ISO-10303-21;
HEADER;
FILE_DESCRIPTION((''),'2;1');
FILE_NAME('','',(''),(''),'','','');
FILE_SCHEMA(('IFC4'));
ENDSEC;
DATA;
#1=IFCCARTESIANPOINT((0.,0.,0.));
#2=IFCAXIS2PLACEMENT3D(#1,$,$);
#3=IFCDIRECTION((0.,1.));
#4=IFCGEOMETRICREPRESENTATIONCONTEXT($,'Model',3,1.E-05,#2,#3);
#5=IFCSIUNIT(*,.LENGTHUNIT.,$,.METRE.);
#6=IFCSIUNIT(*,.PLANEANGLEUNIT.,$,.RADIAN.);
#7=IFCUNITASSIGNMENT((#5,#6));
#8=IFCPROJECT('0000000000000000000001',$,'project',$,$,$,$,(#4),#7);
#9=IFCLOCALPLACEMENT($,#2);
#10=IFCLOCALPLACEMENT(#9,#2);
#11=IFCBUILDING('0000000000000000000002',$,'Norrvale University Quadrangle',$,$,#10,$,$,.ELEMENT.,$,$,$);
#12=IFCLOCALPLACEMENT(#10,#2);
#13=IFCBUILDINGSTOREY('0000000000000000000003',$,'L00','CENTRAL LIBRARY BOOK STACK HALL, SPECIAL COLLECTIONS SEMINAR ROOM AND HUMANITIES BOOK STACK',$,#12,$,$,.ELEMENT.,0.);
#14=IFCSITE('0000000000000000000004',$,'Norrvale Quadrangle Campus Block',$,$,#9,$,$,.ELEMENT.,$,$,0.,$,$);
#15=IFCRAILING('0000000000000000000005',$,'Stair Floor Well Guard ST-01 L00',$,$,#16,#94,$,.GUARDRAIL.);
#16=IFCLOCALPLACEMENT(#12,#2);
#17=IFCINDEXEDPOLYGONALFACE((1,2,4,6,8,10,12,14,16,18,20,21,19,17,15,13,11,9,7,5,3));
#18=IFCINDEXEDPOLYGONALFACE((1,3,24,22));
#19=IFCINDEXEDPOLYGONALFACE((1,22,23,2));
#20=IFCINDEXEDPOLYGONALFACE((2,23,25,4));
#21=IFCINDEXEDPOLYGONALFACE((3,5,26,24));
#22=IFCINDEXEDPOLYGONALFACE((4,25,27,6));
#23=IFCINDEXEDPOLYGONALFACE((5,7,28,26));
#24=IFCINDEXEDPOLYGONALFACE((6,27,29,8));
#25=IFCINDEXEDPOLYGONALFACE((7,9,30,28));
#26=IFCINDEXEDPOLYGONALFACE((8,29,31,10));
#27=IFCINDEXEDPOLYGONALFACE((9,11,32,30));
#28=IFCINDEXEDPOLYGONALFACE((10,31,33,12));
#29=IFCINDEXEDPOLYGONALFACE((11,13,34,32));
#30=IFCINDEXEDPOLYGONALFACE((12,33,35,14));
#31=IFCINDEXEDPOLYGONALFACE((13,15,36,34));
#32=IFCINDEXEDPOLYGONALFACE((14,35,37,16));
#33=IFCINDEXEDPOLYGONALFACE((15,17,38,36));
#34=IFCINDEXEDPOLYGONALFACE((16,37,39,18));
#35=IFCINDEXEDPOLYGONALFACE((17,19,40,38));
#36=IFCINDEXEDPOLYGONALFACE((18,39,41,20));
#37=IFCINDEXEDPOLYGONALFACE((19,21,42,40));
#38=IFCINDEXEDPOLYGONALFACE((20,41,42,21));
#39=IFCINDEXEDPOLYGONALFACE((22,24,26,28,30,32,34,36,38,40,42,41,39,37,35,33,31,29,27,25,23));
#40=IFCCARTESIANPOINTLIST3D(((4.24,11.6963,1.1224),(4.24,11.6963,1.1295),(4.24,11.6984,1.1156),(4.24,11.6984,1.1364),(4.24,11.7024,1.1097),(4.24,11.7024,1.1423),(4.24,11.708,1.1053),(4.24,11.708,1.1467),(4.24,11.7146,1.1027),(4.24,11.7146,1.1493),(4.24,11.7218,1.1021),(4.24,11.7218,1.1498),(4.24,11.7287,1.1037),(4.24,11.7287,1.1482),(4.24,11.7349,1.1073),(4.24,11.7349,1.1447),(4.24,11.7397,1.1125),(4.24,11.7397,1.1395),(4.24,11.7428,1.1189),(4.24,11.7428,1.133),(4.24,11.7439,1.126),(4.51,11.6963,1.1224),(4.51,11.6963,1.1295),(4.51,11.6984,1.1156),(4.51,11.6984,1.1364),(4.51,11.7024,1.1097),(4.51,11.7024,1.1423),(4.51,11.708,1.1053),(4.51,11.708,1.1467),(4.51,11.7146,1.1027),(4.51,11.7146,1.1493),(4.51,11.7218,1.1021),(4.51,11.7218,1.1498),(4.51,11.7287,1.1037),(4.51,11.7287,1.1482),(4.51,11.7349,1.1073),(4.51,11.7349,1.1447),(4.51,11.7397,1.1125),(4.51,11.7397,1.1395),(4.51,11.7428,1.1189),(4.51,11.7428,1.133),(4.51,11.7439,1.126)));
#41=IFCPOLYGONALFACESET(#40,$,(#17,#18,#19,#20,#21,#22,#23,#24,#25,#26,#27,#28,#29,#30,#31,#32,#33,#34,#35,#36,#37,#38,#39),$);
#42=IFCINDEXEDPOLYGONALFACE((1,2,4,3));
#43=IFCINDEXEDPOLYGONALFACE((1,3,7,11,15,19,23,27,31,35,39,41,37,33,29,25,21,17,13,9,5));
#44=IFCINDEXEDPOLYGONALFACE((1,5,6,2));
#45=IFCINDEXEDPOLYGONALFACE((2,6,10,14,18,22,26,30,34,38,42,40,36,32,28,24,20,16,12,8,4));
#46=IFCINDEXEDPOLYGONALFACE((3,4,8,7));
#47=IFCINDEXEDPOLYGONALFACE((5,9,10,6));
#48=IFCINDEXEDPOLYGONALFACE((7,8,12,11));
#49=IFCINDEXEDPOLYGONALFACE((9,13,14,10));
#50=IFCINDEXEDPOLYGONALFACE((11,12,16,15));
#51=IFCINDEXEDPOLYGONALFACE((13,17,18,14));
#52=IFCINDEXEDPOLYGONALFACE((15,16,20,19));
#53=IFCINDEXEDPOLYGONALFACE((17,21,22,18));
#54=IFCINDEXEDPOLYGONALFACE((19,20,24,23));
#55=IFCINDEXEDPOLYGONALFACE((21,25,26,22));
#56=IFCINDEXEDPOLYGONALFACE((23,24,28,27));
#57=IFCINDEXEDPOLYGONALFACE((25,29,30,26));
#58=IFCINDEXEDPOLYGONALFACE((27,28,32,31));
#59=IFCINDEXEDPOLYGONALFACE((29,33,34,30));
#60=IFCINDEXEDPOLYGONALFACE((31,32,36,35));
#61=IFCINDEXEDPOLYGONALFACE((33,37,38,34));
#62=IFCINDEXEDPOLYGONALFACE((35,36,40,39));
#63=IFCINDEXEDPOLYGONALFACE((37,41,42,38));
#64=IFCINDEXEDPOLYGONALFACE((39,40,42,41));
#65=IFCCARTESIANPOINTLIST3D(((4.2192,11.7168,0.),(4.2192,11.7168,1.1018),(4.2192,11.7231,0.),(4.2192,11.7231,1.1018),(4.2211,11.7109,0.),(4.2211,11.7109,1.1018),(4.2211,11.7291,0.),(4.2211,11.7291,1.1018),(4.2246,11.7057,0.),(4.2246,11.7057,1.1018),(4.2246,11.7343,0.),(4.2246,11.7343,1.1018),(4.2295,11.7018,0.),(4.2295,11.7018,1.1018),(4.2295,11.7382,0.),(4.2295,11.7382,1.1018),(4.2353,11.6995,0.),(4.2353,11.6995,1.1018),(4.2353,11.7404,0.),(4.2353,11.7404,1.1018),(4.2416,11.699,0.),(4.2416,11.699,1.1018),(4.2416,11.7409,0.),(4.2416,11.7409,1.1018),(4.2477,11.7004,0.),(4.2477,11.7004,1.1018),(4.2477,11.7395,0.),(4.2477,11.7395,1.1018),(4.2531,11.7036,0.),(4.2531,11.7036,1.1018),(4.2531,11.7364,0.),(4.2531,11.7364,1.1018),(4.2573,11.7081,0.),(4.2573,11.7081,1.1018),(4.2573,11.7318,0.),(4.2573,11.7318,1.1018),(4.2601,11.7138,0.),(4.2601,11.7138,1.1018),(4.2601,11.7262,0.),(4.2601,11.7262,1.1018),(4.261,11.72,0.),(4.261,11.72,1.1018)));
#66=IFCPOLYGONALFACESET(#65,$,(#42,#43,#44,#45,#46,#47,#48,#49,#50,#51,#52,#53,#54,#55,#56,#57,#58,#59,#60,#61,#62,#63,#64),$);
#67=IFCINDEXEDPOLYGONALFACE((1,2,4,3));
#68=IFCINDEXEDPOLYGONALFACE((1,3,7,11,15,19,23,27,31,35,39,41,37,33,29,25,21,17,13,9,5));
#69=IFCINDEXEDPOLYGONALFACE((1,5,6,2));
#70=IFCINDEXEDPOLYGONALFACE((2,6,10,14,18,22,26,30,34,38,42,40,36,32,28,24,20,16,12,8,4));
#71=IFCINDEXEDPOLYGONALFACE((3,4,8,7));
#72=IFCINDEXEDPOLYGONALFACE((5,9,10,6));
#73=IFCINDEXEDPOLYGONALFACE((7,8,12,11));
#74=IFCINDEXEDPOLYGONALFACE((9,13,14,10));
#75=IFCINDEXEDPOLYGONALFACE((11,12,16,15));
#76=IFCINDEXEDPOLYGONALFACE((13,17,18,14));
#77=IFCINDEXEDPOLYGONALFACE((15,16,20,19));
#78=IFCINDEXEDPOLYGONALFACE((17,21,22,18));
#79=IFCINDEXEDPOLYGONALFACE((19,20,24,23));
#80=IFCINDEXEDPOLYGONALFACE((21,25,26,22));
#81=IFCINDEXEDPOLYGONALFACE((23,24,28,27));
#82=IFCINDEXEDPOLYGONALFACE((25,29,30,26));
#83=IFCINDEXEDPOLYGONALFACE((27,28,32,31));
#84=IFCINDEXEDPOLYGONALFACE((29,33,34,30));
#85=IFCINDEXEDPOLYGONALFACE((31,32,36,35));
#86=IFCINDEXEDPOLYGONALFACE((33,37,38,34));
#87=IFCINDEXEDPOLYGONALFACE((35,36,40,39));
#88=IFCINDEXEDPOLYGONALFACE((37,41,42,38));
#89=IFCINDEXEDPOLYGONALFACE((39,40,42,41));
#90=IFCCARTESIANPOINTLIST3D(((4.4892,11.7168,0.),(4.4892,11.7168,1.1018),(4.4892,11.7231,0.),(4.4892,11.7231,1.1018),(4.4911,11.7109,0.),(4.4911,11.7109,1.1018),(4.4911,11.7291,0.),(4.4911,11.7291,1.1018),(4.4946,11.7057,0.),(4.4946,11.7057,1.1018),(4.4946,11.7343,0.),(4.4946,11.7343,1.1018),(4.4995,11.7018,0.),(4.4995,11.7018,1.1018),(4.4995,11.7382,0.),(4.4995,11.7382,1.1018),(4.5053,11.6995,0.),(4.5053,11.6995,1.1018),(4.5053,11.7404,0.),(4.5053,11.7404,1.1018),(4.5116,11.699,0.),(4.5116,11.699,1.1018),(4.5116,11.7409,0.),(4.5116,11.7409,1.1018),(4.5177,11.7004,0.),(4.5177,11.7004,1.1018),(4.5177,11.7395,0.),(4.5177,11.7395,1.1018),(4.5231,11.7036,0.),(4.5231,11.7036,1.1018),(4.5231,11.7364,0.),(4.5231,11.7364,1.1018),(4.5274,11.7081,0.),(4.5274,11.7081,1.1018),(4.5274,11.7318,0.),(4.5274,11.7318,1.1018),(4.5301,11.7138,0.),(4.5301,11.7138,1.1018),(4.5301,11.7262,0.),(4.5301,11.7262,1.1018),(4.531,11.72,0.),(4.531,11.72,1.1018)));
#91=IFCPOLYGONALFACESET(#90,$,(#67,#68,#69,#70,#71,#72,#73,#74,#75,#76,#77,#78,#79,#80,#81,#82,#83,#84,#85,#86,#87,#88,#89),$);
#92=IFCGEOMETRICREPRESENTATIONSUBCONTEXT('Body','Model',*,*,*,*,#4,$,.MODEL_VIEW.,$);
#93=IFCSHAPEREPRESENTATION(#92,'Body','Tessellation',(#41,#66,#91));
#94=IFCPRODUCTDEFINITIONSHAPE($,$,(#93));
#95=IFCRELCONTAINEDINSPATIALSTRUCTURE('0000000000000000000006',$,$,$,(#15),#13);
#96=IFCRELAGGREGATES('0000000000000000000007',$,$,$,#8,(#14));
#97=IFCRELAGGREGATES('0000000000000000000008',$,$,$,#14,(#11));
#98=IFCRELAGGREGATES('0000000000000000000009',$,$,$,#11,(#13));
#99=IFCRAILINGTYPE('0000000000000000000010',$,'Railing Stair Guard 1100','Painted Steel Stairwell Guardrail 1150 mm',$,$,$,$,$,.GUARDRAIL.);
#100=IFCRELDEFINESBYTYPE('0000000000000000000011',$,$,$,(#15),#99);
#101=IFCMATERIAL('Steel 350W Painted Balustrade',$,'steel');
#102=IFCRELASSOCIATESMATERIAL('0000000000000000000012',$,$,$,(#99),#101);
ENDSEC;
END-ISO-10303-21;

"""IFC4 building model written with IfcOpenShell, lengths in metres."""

from ifc_helpers import new_model, si_unit, direction, frame, origin, origin_2d, place, context, subcontext, project, spatial, circle, extrude, material, type_object, element, save


model = new_model("IFC4")

# Units and contexts
model_context = context("Model", 3, precision=1e-05, world=origin(), true_north=direction((0.0, 1.0)))
body_context = subcontext(model_context, "Body", "Model", "MODEL_VIEW")
ifc_project = project(units=[si_unit("LENGTHUNIT", "METRE"), si_unit("PLANEANGLEUNIT", "RADIAN")], contexts=[model_context])

# Site, building, storey
site_placement = place(None, origin())
site = spatial("IfcSite", under=ifc_project, at=site_placement, Name="Norrvale Quadrangle Campus Block", CompositionType="ELEMENT", RefElevation=0.0)
building_placement = place(site_placement, origin())
building = spatial("IfcBuilding", under=site, at=building_placement, Name="Norrvale University Quadrangle", CompositionType="ELEMENT")
storey_placement = place(building_placement, origin())
storey = spatial("IfcBuildingStorey", under=building, at=storey_placement, Name="L00", Description="CENTRAL LIBRARY BOOK STACK HALL, SPECIAL COLLECTIONS SEMINAR ROOM AND HUMANITIES BOOK STACK", CompositionType="ELEMENT", Elevation=0.0)

# Railing
ifc_material_1 = material(Name="Steel 350W Painted Balustrade", Category="steel")
railing_type_1 = type_object("IfcRailingType", Name="Railing Stair Guard 1100", Description="Painted Steel Stairwell Guardrail 1150 mm", PredefinedType="GUARDRAIL", material=ifc_material_1)
railing_1_placement = place(storey_placement, frame((4.24, 11.72, 0.0)))
element("IfcRailing", 1, at=railing_1_placement, inside=storey, type_object=railing_type_1, Name="Stair Floor Well Guard ST-01 L00", PredefinedType="GUARDRAIL", context=body_context, shape_type="SweptSolid", body=[
    extrude(circle(Radius=0.0239, at=origin_2d()), frame((0.0, 0.0, 1.126), z_axis=(1.0, 0.0, 0.0), x_axis=(0.0, 1.0, 0.0)), (0.0, 0.0, 1.0), 0.27),
    extrude(circle(Radius=0.021, at=origin_2d()), origin(), (0.0, 0.0, 1.0), 1.1018),
    extrude(circle(Radius=0.021, at=origin_2d()), frame((0.27, 0.0, 0.0)), (0.0, 0.0, 1.0), 1.1018),
])

save(model, "model.ifc")
